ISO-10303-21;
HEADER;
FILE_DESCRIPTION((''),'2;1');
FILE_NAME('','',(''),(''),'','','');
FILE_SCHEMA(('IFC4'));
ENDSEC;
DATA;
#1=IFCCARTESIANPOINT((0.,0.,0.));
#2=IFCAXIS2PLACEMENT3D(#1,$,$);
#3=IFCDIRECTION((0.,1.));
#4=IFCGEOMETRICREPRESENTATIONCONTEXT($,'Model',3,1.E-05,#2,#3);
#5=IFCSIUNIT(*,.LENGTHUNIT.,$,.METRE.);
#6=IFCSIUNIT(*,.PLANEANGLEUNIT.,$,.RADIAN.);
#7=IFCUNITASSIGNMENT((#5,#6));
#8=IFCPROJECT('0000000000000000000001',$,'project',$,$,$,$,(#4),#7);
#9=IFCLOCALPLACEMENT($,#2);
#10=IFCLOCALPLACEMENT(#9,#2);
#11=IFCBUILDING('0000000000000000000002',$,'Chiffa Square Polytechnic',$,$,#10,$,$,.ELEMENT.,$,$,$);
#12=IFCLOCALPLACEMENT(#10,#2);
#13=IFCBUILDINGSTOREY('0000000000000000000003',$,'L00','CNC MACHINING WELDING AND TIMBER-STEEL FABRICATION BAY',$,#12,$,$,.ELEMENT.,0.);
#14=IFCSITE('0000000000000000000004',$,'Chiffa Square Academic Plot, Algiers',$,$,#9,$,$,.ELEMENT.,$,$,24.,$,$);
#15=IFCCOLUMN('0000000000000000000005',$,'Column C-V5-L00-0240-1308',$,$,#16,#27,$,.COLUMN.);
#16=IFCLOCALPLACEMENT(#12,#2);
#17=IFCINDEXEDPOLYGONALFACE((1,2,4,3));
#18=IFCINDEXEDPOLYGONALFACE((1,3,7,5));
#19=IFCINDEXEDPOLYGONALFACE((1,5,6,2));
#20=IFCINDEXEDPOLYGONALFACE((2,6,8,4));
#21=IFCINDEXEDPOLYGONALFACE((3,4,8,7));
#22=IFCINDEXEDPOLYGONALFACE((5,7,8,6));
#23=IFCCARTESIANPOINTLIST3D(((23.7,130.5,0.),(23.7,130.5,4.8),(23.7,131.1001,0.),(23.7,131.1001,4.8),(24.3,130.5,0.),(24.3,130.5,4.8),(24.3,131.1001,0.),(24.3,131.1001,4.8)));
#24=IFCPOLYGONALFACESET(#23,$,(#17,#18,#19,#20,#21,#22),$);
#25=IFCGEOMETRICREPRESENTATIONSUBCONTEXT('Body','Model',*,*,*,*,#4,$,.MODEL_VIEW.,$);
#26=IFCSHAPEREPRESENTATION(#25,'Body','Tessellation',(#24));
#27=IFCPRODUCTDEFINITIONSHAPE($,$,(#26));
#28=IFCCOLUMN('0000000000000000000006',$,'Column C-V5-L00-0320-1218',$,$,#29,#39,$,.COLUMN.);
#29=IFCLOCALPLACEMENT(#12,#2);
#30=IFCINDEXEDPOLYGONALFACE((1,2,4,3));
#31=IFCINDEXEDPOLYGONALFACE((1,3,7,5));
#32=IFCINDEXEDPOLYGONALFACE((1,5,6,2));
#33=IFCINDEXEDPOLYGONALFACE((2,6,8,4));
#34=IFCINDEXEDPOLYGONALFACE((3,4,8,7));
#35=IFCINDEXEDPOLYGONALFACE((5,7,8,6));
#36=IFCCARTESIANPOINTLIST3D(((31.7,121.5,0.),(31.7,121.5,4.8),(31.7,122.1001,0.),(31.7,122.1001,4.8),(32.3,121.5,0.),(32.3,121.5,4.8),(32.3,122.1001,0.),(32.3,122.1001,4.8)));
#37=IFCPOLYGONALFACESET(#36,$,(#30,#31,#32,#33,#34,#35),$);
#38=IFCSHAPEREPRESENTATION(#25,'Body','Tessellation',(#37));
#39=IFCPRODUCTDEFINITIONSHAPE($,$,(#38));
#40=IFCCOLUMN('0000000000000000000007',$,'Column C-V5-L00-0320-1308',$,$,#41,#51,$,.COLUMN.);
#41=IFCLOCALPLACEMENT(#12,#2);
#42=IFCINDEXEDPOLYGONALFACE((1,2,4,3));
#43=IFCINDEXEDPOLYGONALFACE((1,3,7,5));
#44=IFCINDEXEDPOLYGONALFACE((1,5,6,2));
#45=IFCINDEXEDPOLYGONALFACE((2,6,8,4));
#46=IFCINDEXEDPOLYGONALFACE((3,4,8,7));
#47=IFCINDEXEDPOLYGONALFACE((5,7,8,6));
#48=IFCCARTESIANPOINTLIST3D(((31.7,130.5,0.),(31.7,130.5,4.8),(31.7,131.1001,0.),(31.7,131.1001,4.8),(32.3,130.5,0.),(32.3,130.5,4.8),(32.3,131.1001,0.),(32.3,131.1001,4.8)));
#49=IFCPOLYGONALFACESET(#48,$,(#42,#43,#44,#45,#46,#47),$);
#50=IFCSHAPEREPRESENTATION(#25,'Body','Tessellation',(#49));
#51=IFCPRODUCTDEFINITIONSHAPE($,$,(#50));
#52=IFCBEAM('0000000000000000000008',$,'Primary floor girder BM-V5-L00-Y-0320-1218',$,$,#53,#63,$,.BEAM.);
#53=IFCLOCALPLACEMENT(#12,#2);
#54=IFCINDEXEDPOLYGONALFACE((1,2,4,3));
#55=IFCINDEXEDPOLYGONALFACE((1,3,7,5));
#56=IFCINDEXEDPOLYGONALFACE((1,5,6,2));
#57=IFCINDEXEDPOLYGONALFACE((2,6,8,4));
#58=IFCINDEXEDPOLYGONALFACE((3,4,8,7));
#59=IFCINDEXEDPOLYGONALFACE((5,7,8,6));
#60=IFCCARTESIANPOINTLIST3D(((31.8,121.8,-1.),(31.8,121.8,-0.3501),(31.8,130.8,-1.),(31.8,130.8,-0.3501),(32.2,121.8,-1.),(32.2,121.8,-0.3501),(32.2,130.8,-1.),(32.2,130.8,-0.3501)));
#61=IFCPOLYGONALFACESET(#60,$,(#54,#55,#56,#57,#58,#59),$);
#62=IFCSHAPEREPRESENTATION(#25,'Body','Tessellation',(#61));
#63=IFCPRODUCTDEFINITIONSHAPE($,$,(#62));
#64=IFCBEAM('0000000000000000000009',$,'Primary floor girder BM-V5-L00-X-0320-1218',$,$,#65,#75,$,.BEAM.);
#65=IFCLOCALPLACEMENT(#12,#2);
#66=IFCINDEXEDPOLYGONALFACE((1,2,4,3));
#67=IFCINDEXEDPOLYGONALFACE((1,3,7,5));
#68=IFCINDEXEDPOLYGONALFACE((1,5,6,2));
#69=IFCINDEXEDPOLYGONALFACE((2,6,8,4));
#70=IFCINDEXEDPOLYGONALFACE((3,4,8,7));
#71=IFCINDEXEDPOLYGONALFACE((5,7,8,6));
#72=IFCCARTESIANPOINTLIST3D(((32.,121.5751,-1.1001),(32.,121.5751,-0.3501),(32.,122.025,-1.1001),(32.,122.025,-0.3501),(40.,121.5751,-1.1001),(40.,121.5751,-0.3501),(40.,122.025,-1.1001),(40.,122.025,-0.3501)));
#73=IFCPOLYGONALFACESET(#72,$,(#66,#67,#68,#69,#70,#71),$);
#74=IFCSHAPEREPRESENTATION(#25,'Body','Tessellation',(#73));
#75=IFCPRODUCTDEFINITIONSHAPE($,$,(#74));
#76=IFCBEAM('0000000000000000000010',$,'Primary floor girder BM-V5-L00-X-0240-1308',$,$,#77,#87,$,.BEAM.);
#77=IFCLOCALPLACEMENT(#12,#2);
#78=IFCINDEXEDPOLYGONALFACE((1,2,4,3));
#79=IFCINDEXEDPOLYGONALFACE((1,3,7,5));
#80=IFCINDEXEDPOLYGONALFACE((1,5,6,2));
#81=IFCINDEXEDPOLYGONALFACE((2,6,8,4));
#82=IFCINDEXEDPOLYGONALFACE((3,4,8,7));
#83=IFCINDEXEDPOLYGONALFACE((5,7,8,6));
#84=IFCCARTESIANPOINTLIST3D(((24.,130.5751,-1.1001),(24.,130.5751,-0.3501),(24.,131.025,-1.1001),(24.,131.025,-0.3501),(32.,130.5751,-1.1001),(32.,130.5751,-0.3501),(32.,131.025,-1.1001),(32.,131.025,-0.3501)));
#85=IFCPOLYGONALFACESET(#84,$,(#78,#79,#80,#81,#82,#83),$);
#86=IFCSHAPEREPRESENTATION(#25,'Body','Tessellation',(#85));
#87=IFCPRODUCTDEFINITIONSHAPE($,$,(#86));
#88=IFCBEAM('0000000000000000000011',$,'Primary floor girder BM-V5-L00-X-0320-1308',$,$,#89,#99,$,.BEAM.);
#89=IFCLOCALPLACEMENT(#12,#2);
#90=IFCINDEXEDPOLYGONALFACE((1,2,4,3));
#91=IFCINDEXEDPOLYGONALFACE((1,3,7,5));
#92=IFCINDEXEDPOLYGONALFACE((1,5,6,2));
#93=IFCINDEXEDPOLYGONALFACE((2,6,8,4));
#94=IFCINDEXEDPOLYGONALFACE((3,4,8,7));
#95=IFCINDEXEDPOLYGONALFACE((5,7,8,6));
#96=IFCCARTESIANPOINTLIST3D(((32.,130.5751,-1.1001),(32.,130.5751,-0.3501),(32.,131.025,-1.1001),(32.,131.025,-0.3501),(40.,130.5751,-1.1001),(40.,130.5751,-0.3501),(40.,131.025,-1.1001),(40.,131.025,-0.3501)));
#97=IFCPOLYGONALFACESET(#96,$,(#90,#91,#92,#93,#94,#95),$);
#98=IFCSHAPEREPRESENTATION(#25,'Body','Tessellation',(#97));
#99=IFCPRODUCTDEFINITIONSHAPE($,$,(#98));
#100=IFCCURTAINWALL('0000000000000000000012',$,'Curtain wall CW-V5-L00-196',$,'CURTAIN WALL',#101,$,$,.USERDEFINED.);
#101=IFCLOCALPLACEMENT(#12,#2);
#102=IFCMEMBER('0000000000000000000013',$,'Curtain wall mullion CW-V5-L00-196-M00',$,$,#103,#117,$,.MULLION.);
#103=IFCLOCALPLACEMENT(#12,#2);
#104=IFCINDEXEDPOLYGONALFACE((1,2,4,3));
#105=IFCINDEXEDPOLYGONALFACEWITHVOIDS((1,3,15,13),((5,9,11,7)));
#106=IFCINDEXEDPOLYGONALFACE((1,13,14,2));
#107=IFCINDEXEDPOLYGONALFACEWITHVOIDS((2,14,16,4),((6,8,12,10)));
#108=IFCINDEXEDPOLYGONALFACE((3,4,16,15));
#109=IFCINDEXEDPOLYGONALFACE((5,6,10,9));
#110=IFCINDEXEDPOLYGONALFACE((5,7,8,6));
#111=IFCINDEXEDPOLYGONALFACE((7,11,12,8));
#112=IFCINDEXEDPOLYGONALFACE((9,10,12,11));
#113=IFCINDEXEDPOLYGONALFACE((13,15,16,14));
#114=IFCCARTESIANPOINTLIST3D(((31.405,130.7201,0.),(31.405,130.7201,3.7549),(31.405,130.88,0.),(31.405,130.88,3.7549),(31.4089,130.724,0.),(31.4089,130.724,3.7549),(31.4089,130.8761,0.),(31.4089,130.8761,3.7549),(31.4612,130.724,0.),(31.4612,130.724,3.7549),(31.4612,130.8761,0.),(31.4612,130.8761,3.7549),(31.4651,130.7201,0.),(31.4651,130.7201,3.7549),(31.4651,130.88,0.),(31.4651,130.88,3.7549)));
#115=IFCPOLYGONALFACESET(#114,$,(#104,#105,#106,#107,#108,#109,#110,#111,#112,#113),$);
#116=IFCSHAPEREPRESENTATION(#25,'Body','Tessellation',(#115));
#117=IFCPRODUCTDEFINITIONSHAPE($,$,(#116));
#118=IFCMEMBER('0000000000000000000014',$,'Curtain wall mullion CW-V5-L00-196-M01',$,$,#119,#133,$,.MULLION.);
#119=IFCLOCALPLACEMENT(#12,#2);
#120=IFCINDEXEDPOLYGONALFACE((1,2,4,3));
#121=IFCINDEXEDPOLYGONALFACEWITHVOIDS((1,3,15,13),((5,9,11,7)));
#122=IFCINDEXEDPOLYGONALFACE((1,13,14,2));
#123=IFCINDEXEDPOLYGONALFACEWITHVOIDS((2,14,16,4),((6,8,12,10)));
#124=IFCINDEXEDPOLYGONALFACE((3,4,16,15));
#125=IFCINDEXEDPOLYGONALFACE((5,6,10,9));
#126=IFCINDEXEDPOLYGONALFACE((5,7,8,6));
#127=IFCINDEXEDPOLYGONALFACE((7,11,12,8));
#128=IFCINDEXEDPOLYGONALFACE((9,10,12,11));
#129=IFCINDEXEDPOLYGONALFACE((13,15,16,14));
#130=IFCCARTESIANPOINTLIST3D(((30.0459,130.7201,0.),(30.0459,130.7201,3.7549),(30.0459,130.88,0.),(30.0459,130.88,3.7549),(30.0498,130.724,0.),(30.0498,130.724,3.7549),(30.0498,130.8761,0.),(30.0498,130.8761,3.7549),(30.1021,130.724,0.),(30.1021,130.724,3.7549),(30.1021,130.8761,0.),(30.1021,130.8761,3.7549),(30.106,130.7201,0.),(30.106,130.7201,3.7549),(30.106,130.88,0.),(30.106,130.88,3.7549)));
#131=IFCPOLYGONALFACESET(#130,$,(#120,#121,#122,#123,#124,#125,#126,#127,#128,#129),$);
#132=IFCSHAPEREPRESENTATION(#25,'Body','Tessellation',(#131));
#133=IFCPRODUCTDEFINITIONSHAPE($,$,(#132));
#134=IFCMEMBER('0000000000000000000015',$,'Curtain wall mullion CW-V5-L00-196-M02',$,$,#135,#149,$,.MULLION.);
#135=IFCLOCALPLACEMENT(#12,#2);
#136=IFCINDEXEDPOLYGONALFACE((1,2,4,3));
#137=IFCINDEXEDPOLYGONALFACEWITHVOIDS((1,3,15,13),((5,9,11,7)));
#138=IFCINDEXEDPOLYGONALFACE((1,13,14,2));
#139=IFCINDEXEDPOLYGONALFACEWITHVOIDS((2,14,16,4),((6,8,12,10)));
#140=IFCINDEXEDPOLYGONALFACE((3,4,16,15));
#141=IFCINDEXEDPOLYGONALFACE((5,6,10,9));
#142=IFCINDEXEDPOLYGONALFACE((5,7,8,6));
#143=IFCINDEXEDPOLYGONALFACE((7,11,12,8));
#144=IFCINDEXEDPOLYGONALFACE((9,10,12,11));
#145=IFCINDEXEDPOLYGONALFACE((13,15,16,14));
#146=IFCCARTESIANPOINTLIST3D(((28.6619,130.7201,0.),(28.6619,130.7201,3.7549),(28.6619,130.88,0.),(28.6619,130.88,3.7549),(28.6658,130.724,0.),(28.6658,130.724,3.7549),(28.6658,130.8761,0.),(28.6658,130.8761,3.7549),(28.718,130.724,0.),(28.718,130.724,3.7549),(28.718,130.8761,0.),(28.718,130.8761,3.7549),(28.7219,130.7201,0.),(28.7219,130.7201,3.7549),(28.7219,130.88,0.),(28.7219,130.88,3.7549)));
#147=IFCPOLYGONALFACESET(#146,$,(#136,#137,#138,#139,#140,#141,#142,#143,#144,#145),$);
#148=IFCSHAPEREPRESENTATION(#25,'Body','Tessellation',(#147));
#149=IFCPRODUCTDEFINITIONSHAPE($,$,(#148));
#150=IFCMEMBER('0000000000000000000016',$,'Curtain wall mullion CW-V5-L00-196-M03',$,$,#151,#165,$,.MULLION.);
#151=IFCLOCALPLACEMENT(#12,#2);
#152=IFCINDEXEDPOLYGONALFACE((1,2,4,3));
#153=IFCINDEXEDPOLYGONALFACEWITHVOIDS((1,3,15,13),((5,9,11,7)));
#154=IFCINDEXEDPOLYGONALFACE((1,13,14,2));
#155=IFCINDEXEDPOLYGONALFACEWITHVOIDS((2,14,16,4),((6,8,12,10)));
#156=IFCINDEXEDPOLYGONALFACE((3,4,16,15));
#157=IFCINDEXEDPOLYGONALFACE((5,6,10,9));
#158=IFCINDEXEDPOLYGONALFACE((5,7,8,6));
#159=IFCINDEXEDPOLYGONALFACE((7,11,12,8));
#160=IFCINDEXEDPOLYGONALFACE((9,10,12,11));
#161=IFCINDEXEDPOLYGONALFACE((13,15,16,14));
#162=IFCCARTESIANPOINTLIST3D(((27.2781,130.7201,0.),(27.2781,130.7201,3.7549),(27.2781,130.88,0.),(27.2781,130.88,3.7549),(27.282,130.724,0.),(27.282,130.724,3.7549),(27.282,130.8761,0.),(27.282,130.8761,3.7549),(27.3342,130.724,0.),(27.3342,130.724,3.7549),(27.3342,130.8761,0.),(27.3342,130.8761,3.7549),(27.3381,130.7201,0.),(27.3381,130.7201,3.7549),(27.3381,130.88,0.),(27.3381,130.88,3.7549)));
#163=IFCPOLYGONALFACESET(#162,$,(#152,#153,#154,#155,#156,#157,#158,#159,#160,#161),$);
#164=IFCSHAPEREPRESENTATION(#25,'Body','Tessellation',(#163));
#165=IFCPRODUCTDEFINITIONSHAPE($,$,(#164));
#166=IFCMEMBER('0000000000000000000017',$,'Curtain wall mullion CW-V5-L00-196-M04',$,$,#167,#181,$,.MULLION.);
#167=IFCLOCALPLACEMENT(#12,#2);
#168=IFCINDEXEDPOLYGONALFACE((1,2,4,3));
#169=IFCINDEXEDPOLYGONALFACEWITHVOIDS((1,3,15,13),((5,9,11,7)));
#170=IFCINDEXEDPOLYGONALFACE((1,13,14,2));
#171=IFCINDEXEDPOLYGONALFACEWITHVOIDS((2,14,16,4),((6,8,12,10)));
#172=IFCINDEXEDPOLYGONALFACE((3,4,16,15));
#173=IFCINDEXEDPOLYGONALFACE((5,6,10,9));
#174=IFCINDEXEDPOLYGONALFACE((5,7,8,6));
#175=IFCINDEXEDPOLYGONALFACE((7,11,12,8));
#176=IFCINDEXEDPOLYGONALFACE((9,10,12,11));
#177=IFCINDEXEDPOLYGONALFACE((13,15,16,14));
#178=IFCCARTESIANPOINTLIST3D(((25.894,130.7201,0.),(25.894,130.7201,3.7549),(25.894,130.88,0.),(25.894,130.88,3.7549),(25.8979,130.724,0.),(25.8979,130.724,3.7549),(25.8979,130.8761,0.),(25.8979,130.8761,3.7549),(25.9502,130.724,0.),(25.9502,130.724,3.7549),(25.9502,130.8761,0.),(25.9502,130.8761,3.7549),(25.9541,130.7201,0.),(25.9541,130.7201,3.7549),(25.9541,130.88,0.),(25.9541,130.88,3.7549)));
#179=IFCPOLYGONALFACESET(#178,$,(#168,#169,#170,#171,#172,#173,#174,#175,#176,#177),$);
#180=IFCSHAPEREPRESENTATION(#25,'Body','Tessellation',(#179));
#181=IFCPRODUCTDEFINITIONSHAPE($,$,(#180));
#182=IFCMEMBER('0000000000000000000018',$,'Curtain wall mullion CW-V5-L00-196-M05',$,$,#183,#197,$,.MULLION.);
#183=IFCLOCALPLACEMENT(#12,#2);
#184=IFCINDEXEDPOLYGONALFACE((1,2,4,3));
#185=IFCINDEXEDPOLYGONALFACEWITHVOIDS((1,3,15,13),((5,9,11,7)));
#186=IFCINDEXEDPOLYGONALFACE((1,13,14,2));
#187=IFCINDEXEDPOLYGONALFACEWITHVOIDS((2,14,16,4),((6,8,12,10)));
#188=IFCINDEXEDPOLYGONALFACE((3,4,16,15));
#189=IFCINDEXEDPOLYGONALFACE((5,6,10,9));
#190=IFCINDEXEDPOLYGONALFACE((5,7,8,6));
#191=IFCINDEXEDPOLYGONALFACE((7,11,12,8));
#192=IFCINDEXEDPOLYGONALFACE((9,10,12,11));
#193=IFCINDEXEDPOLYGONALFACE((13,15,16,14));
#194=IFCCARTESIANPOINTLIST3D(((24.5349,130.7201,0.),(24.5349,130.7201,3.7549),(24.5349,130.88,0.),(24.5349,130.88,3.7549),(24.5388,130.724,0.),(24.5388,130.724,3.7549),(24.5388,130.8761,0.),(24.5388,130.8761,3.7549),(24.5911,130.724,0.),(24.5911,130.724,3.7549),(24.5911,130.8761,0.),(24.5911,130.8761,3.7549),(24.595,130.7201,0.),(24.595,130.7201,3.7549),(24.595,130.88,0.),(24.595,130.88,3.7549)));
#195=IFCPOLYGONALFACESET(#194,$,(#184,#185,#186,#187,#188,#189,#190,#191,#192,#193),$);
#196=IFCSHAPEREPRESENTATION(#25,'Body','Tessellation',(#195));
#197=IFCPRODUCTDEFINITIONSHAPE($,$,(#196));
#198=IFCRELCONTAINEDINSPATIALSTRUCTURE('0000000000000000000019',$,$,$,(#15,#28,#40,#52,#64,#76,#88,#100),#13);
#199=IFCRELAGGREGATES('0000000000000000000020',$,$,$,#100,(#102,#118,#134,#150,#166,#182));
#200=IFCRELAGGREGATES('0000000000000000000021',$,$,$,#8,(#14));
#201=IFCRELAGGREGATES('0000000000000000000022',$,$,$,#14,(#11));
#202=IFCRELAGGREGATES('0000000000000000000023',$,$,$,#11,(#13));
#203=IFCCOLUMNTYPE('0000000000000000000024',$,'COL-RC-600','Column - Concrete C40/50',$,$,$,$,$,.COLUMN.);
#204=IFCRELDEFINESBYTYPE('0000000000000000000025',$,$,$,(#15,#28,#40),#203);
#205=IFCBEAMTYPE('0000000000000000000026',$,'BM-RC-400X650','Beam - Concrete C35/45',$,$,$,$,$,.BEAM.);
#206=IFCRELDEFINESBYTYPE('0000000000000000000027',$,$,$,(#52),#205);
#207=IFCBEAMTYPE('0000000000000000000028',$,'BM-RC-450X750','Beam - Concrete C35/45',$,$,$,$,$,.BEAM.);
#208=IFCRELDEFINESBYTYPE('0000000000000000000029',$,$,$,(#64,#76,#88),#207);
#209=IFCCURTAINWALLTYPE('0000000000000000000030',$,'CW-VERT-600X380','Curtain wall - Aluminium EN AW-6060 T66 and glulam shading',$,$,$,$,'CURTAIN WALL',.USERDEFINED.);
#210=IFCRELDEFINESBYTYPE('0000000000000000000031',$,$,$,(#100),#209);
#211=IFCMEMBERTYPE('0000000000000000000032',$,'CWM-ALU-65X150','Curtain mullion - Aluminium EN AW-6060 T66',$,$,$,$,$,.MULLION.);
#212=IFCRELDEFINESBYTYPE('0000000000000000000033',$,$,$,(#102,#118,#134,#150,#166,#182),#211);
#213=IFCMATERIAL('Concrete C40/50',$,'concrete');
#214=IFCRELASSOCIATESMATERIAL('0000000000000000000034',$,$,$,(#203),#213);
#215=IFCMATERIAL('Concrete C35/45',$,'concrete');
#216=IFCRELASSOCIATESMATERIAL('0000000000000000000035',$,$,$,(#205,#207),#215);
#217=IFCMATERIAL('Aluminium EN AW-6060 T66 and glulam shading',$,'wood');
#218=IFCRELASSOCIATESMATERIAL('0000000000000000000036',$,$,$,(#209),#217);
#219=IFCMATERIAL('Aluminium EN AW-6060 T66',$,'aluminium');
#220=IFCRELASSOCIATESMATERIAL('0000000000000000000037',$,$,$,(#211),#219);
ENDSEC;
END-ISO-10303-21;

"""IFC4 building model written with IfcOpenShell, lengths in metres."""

from ifc_helpers import new_model, si_unit, direction, frame, origin, origin_2d, place, context, subcontext, project, spatial, rectangle, hollow_rectangle, extrude, material, material_profile, profile_set, type_object, element, aggregate, save


model = new_model("IFC4")

# Units and contexts
model_context = context("Model", 3, precision=1e-05, world=origin(), true_north=direction((0.0, 1.0)))
body_context = subcontext(model_context, "Body", "Model", "MODEL_VIEW")
ifc_project = project(units=[si_unit("LENGTHUNIT", "METRE"), si_unit("PLANEANGLEUNIT", "RADIAN")], contexts=[model_context])

# Site, building, storey
site_placement = place(None, origin())
site = spatial("IfcSite", under=ifc_project, at=site_placement, Name="Chiffa Square Academic Plot, Algiers", CompositionType="ELEMENT", RefElevation=24.0)
building_placement = place(site_placement, origin())
building = spatial("IfcBuilding", under=site, at=building_placement, Name="Chiffa Square Polytechnic", CompositionType="ELEMENT")
storey_placement = place(building_placement, origin())
storey = spatial("IfcBuildingStorey", under=building, at=storey_placement, Name="L00", Description="CNC MACHINING WELDING AND TIMBER-STEEL FABRICATION BAY", CompositionType="ELEMENT", Elevation=0.0)

# Columns
ifc_material_1 = material(Name="Concrete C40/50", Category="concrete")
ifc_material_profile_1 = material_profile(ifc_material_1, rectangle(XDim=0.6001, YDim=0.6001, at=origin_2d()), Name="RC 600x600")
ifc_profile_set_1 = profile_set([ifc_material_profile_1], Name="Concrete C40/50")
column_type = type_object("IfcColumnType", Name="COL-RC-600", Description="Column - Concrete C40/50", PredefinedType="COLUMN", material=ifc_profile_set_1)
for number, where, z_axis, x_axis, name in (
    (1, (24.0, 130.8, 0.0), (0.0, 0.0, 1.0), (1.0, 0.0, 0.0), "Column C-V5-L00-0240-1308"),
    (2, (32.0, 121.8, 0.0), (0.0, 0.0, 1.0), (1.0, 0.0, 0.0), "Column C-V5-L00-0320-1218"),
    (3, (32.0, 130.8, 0.0), (0.0, 0.0, 1.0), (1.0, 0.0, 0.0), "Column C-V5-L00-0320-1308"),
):
    element("IfcColumn", number, at=place(storey_placement, frame(where, z_axis=z_axis, x_axis=x_axis)), inside=storey, type_object=column_type, Name=name, PredefinedType="COLUMN", context=body_context, shape_type="SweptSolid", body=[
        extrude(rectangle(XDim=0.6001, YDim=0.6001, at=origin_2d()), origin(), (0.0, 0.0, 1.0), 4.8),
    ])

# Beams
ifc_material_2 = material(Name="Concrete C35/45", Category="concrete")
ifc_material_profile_2 = material_profile(ifc_material_2, rectangle(XDim=0.3999, YDim=0.6499, at=origin_2d()), Name="RC 400x650")
ifc_profile_set_2 = profile_set([ifc_material_profile_2], Name="Concrete C35/45")
beam_type_1 = type_object("IfcBeamType", Name="BM-RC-400X650", Description="Beam - Concrete C35/45", PredefinedType="BEAM", material=ifc_profile_set_2)
beam_placement = place(storey_placement, frame((32.0, 121.8, -0.675), z_axis=(0.0, 1.0, 0.0), x_axis=(-1.0, 0.0, 0.0)))
element("IfcBeam", 4, at=beam_placement, inside=storey, type_object=beam_type_1, Name="Primary floor girder BM-V5-L00-Y-0320-1218", PredefinedType="BEAM", context=body_context, shape_type="SweptSolid", body=[
    extrude(rectangle(XDim=0.3999, YDim=0.6499, at=origin_2d()), origin(), (0.0, 0.0, 1.0), 9.0),
])
ifc_material_profile_3 = material_profile(ifc_material_2, rectangle(XDim=0.45, YDim=0.75, at=origin_2d()), Name="RC 450x750")
ifc_profile_set_3 = profile_set([ifc_material_profile_3], Name="Concrete C35/45")
beam_type_2 = type_object("IfcBeamType", Name="BM-RC-450X750", Description="Beam - Concrete C35/45", PredefinedType="BEAM", material=ifc_profile_set_3)
for number, where, z_axis, x_axis, name in (
    (5, (32.0, 121.8, -0.7251), (1.0, 0.0, 0.0), (0.0, 1.0, 0.0), "Primary floor girder BM-V5-L00-X-0320-1218"),
    (6, (24.0, 130.8, -0.7251), (1.0, 0.0, 0.0), (0.0, 1.0, 0.0), "Primary floor girder BM-V5-L00-X-0240-1308"),
    (7, (32.0, 130.8, -0.7251), (1.0, 0.0, 0.0), (0.0, 1.0, 0.0), "Primary floor girder BM-V5-L00-X-0320-1308"),
):
    element("IfcBeam", number, at=place(storey_placement, frame(where, z_axis=z_axis, x_axis=x_axis)), inside=storey, type_object=beam_type_2, Name=name, PredefinedType="BEAM", context=body_context, shape_type="SweptSolid", body=[
        extrude(rectangle(XDim=0.45, YDim=0.75, at=origin_2d()), origin(), (0.0, 0.0, 1.0), 8.0),
    ])

# Curtain wall, members
ifc_material_3 = material(Name="Aluminium EN AW-6060 T66 and glulam shading", Category="wood")
curtain_wall_type = type_object("IfcCurtainWallType", Name="CW-VERT-600X380", Description="Curtain wall - Aluminium EN AW-6060 T66 and glulam shading", ElementType="CURTAIN WALL", PredefinedType="USERDEFINED", material=ifc_material_3)
curtain_wall_placement = place(storey_placement, origin())
curtain_wall = element("IfcCurtainWall", 8, at=curtain_wall_placement, inside=storey, type_object=curtain_wall_type, Name="Curtain wall CW-V5-L00-196", ObjectType="CURTAIN WALL", PredefinedType="USERDEFINED")
ifc_material_4 = material(Name="Aluminium EN AW-6060 T66", Category="aluminium")
ifc_material_profile_4 = material_profile(ifc_material_4, hollow_rectangle(XDim=0.0601, YDim=0.1599, WallThickness=0.0039, at=origin_2d()), Name="ALU 60x160x4")
ifc_profile_set_4 = profile_set([ifc_material_profile_4], Name="Aluminium EN AW-6060 T66")
member_type_1 = type_object("IfcMemberType", Name="CWM-ALU-65X150", Description="Curtain mullion - Aluminium EN AW-6060 T66", PredefinedType="MULLION", material=ifc_profile_set_4)
member_1_placement = place(storey_placement, frame((31.4351, 130.8, 0.0), z_axis=(0.0, 0.0, 1.0), x_axis=(1.0, 0.0, 0.0)))
member_1 = element("IfcMember", 9, at=member_1_placement, type_object=member_type_1, Name="Curtain wall mullion CW-V5-L00-196-M00", PredefinedType="MULLION", context=body_context, shape_type="SweptSolid", body=[
    extrude(hollow_rectangle(XDim=0.0601, YDim=0.1599, WallThickness=0.0039, at=origin_2d()), origin(), (0.0, 0.0, 1.0), 3.7549),
])
member_2_placement = place(storey_placement, frame((30.0759, 130.8, 0.0), z_axis=(0.0, 0.0, 1.0), x_axis=(1.0, 0.0, 0.0)))
member_2 = element("IfcMember", 10, at=member_2_placement, type_object=member_type_1, Name="Curtain wall mullion CW-V5-L00-196-M01", PredefinedType="MULLION", context=body_context, shape_type="SweptSolid", body=[
    extrude(hollow_rectangle(XDim=0.0601, YDim=0.1599, WallThickness=0.0039, at=origin_2d()), origin(), (0.0, 0.0, 1.0), 3.7549),
])
member_3_placement = place(storey_placement, frame((28.6919, 130.8, 0.0), z_axis=(0.0, 0.0, 1.0), x_axis=(1.0, 0.0, 0.0)))
member_3 = element("IfcMember", 11, at=member_3_placement, type_object=member_type_1, Name="Curtain wall mullion CW-V5-L00-196-M02", PredefinedType="MULLION", context=body_context, shape_type="SweptSolid", body=[
    extrude(hollow_rectangle(XDim=0.0601, YDim=0.1599, WallThickness=0.0039, at=origin_2d()), origin(), (0.0, 0.0, 1.0), 3.7549),
])
member_4_placement = place(storey_placement, frame((27.3081, 130.8, 0.0), z_axis=(0.0, 0.0, 1.0), x_axis=(1.0, 0.0, 0.0)))
member_4 = element("IfcMember", 12, at=member_4_placement, type_object=member_type_1, Name="Curtain wall mullion CW-V5-L00-196-M03", PredefinedType="MULLION", context=body_context, shape_type="SweptSolid", body=[
    extrude(hollow_rectangle(XDim=0.0601, YDim=0.1599, WallThickness=0.0039, at=origin_2d()), origin(), (0.0, 0.0, 1.0), 3.7549),
])
member_5_placement = place(storey_placement, frame((25.9241, 130.8, 0.0), z_axis=(0.0, 0.0, 1.0), x_axis=(1.0, 0.0, 0.0)))
member_5 = element("IfcMember", 13, at=member_5_placement, type_object=member_type_1, Name="Curtain wall mullion CW-V5-L00-196-M04", PredefinedType="MULLION", context=body_context, shape_type="SweptSolid", body=[
    extrude(hollow_rectangle(XDim=0.0601, YDim=0.1599, WallThickness=0.0039, at=origin_2d()), origin(), (0.0, 0.0, 1.0), 3.7549),
])
member_6_placement = place(storey_placement, frame((24.5649, 130.8, 0.0), z_axis=(0.0, 0.0, 1.0), x_axis=(1.0, 0.0, 0.0)))
member_6 = element("IfcMember", 14, at=member_6_placement, type_object=member_type_1, Name="Curtain wall mullion CW-V5-L00-196-M05", PredefinedType="MULLION", context=body_context, shape_type="SweptSolid", body=[
    extrude(hollow_rectangle(XDim=0.0601, YDim=0.1599, WallThickness=0.0039, at=origin_2d()), origin(), (0.0, 0.0, 1.0), 3.7549),
])

aggregate(curtain_wall, [member_1, member_2, member_3, member_4, member_5, member_6])

save(model, "model.ifc")
